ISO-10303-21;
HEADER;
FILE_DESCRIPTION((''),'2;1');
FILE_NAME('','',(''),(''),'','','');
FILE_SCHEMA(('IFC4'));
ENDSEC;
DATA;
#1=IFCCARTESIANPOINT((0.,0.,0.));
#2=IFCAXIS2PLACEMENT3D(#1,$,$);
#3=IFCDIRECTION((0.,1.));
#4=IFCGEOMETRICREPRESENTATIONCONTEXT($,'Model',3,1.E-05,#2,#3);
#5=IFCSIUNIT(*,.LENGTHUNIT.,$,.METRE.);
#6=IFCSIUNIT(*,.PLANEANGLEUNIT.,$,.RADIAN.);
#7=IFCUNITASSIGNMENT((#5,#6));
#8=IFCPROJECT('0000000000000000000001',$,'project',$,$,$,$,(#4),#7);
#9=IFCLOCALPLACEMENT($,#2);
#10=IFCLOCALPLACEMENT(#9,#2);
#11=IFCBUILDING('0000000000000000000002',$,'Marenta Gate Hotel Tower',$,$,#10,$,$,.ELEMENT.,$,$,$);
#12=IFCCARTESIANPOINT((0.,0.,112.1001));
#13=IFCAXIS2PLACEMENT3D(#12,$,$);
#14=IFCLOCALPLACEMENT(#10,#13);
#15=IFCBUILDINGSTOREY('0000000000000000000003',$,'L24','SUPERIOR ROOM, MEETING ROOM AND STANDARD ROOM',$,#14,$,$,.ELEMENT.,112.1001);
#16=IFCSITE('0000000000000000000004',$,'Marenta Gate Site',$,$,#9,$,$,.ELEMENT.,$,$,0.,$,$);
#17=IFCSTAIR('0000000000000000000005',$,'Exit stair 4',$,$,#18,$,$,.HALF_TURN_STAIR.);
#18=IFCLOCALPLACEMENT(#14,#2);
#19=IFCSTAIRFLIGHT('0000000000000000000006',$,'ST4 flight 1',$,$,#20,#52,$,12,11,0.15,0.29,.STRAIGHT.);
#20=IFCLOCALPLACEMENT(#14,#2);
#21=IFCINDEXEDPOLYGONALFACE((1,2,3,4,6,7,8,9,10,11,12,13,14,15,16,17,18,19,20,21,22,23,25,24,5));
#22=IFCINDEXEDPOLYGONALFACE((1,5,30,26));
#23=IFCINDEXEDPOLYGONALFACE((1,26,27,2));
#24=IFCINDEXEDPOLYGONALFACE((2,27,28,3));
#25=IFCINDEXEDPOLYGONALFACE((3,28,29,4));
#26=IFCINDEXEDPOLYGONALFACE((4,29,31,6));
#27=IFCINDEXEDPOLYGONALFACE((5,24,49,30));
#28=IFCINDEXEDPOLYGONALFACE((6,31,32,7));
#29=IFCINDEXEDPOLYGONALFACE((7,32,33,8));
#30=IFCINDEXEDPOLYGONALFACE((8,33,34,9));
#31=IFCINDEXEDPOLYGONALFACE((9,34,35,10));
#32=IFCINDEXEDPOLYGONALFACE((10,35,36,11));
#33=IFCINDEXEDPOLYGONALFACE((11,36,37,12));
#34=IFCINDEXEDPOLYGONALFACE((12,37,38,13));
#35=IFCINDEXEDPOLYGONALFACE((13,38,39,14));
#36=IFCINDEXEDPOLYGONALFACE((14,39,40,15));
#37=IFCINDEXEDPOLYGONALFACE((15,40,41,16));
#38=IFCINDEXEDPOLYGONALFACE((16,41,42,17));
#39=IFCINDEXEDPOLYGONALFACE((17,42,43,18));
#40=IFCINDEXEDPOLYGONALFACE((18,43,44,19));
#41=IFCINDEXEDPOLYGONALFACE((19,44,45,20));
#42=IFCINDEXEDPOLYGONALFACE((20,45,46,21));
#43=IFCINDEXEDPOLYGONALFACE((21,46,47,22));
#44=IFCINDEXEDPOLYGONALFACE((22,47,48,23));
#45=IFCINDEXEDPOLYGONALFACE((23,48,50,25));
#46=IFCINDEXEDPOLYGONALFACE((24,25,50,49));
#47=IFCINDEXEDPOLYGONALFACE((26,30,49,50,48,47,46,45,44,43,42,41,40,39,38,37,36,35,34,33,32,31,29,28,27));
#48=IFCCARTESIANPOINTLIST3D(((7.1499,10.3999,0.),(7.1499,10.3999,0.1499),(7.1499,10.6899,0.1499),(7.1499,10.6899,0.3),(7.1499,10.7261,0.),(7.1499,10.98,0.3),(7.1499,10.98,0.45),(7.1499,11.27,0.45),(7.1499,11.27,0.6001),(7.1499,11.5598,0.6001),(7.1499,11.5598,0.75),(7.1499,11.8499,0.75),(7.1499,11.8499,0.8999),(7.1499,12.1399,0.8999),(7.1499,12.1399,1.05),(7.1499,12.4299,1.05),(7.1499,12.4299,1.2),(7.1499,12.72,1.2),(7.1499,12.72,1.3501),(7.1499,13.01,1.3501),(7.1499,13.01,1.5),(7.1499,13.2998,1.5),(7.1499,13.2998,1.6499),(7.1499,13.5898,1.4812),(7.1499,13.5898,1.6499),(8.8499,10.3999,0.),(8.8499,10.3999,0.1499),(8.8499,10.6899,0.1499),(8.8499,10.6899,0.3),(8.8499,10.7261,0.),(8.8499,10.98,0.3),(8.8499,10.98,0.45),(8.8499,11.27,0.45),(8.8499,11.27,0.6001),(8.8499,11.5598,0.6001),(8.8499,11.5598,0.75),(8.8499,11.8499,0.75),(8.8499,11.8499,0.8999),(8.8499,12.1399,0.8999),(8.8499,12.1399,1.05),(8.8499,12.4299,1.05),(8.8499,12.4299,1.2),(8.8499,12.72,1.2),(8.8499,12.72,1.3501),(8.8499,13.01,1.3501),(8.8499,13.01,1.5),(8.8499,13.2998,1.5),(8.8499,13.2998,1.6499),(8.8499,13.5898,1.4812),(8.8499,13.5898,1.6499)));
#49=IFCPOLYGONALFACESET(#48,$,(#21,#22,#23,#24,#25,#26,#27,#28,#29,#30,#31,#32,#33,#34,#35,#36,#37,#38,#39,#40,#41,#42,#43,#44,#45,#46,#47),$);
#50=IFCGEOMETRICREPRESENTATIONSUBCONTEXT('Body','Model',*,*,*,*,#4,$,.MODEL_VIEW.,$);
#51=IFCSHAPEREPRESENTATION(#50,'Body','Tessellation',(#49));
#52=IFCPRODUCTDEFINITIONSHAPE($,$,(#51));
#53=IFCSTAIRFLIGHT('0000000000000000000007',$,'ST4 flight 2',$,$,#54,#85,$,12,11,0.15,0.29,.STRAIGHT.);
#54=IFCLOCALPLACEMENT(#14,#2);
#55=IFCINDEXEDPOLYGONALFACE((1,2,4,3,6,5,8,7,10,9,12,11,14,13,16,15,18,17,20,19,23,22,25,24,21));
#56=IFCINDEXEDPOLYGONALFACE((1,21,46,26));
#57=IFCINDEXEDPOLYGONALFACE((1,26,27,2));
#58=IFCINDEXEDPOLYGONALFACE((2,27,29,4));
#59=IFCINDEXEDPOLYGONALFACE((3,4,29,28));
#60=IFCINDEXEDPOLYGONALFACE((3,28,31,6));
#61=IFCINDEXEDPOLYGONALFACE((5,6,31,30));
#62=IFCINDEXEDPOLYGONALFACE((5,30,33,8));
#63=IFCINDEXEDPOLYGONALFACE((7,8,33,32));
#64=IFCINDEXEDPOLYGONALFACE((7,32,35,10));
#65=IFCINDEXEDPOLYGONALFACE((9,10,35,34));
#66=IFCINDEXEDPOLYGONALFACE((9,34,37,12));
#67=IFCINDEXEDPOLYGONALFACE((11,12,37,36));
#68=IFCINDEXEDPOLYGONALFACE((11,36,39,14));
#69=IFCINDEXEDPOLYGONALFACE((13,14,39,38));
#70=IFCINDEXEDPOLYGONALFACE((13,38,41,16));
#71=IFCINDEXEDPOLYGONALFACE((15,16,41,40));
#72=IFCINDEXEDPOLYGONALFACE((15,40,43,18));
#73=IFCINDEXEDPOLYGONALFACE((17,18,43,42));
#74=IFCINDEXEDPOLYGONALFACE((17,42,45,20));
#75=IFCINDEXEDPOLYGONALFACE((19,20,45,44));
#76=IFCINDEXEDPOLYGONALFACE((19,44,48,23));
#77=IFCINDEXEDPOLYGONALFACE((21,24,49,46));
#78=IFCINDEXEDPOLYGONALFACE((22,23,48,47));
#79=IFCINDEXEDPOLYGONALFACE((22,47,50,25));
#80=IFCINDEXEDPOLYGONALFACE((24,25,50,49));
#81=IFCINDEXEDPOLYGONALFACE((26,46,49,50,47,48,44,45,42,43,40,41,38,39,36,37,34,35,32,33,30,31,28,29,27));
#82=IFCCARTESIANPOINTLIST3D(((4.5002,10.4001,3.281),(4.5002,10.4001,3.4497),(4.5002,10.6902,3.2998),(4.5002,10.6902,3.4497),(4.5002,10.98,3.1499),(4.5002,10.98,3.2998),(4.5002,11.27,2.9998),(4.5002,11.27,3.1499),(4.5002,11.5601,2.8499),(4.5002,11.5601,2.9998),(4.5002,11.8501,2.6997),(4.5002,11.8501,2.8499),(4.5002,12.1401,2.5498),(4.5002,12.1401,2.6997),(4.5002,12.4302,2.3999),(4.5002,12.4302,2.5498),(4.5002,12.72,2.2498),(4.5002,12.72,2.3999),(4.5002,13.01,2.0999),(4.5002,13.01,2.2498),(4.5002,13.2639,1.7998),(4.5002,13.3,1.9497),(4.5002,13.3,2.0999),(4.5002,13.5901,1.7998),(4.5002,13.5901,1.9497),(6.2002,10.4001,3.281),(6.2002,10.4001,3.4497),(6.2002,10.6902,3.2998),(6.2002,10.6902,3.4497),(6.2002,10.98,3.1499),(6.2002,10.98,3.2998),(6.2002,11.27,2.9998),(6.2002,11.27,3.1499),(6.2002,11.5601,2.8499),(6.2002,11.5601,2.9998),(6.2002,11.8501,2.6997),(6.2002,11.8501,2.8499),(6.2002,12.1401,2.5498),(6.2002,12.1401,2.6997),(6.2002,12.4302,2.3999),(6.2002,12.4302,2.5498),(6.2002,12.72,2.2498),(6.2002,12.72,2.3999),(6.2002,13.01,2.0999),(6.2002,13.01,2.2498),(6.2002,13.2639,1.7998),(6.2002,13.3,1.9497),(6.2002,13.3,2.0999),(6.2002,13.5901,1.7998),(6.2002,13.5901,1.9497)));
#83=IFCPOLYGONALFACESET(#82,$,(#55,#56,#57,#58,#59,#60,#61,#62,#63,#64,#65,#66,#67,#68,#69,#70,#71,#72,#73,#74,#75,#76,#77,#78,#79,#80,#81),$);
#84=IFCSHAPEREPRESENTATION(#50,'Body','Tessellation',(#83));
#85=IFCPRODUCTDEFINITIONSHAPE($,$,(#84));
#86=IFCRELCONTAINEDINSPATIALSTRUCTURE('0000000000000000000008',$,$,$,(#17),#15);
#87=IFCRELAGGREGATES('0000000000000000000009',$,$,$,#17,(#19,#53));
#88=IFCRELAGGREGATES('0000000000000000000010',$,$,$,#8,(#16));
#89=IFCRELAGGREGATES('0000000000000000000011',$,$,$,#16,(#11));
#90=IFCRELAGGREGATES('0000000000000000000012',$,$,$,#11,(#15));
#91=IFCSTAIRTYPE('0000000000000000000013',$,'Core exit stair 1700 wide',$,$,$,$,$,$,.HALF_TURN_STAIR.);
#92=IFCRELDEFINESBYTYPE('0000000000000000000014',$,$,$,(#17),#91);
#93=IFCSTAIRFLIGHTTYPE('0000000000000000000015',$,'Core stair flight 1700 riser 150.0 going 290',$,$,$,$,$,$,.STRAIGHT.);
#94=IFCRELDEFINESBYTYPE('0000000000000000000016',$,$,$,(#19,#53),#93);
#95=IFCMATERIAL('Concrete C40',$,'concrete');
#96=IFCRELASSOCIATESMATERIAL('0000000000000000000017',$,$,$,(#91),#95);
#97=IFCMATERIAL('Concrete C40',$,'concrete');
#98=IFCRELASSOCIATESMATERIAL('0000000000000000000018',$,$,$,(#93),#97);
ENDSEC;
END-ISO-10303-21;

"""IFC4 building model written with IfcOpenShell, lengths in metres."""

from ifc_helpers import new_model, si_unit, direction, frame, origin, place, context, subcontext, project, spatial, polyline, outline, extrude, material, type_object, element, aggregate, save


model = new_model("IFC4")

# Units and contexts
model_context = context("Model", 3, precision=1e-05, world=origin(), true_north=direction((0.0, 1.0)))
body_context = subcontext(model_context, "Body", "Model", "MODEL_VIEW")
ifc_project = project(units=[si_unit("LENGTHUNIT", "METRE"), si_unit("PLANEANGLEUNIT", "RADIAN")], contexts=[model_context])

# Site, building, storey
site_placement = place(None, origin())
site = spatial("IfcSite", under=ifc_project, at=site_placement, Name="Marenta Gate Site", CompositionType="ELEMENT", RefElevation=0.0)
building_placement = place(site_placement, origin())
building = spatial("IfcBuilding", under=site, at=building_placement, Name="Marenta Gate Hotel Tower", CompositionType="ELEMENT")
storey_placement = place(building_placement, frame((0.0, 0.0, 112.1001)))
storey = spatial("IfcBuildingStorey", under=building, at=storey_placement, Name="L24", Description="SUPERIOR ROOM, MEETING ROOM AND STANDARD ROOM", CompositionType="ELEMENT", Elevation=112.1001)

# Stair, stair flights
ifc_material_1 = material(Name="Concrete C40", Category="concrete")
stair_type = type_object("IfcStairType", Name="Core exit stair 1700 wide", PredefinedType="HALF_TURN_STAIR", material=ifc_material_1)
stair_placement = place(storey_placement, origin())
stair = element("IfcStair", 1, at=stair_placement, inside=storey, type_object=stair_type, Name="Exit stair 4", PredefinedType="HALF_TURN_STAIR")
ifc_material_2 = material(Name="Concrete C40", Category="concrete")
stair_flight_type = type_object("IfcStairFlightType", Name="Core stair flight 1700 riser 150.0 going 290", PredefinedType="STRAIGHT", material=ifc_material_2)
stair_flight_1_placement = place(storey_placement, frame((8.0, 10.3999, 0.0), z_axis=(0.0, 0.0, 1.0), x_axis=(0.0, 1.0, 0.0)))
stair_flight_1 = element("IfcStairFlight", 2, at=stair_flight_1_placement, type_object=stair_flight_type, Name="ST4 flight 1", NumberOfRisers=12, NumberOfTreads=11, PredefinedType="STRAIGHT", RiserHeight=0.15, TreadLength=0.29, context=body_context, shape_type="SweptSolid", body=[
    extrude(outline(polyline([(0.0, 0.0), (0.0, 0.1499), (0.29, 0.1499), (0.29, 0.3), (0.5801, 0.3), (0.5801, 0.45), (0.8701, 0.45), (0.8701, 0.6001), (1.1599, 0.6001), (1.1599, 0.75), (1.45, 0.75), (1.45, 0.8999), (1.74, 0.8999), (1.74, 1.05), (2.03, 1.05), (2.03, 1.2), (2.3201, 1.2), (2.3201, 1.3501), (2.6101, 1.3501), (2.6101, 1.5), (2.8999, 1.5), (2.8999, 1.6499), (3.1899, 1.6499), (3.1899, 1.8), (3.1899, 1.4812), (0.3262, 0.0), (0.0, 0.0)])), frame((0.0, 0.8501, 0.0), z_axis=(0.0, -1.0, 0.0), x_axis=(1.0, 0.0, 0.0)), (0.0, 0.0, 1.0), 1.7),
])
stair_flight_2_placement = place(storey_placement, frame((5.3501, 13.5901, 1.7998), z_axis=(0.0, 0.0, 1.0), x_axis=(0.0, -1.0, 0.0)))
stair_flight_2 = element("IfcStairFlight", 3, at=stair_flight_2_placement, type_object=stair_flight_type, Name="ST4 flight 2", NumberOfRisers=12, NumberOfTreads=11, PredefinedType="STRAIGHT", RiserHeight=0.15, TreadLength=0.29, context=body_context, shape_type="SweptSolid", body=[
    extrude(outline(polyline([(0.0, 0.0), (0.0, 0.1499), (0.29, 0.1499), (0.29, 0.3), (0.5801, 0.3), (0.5801, 0.45), (0.8701, 0.45), (0.8701, 0.6001), (1.1599, 0.6001), (1.1599, 0.75), (1.45, 0.75), (1.45, 0.8999), (1.74, 0.8999), (1.74, 1.05), (2.03, 1.05), (2.03, 1.2), (2.3201, 1.2), (2.3201, 1.3501), (2.6101, 1.3501), (2.6101, 1.5), (2.8999, 1.5), (2.8999, 1.6499), (3.1899, 1.6499), (3.1899, 1.8), (3.1899, 1.4812), (0.3262, 0.0), (0.0, 0.0)])), frame((0.0, 0.8501, 0.0), z_axis=(0.0, -1.0, 0.0), x_axis=(1.0, 0.0, 0.0)), (0.0, 0.0, 1.0), 1.7),
])
aggregate(stair, [stair_flight_1, stair_flight_2])

save(model, "model.ifc")
